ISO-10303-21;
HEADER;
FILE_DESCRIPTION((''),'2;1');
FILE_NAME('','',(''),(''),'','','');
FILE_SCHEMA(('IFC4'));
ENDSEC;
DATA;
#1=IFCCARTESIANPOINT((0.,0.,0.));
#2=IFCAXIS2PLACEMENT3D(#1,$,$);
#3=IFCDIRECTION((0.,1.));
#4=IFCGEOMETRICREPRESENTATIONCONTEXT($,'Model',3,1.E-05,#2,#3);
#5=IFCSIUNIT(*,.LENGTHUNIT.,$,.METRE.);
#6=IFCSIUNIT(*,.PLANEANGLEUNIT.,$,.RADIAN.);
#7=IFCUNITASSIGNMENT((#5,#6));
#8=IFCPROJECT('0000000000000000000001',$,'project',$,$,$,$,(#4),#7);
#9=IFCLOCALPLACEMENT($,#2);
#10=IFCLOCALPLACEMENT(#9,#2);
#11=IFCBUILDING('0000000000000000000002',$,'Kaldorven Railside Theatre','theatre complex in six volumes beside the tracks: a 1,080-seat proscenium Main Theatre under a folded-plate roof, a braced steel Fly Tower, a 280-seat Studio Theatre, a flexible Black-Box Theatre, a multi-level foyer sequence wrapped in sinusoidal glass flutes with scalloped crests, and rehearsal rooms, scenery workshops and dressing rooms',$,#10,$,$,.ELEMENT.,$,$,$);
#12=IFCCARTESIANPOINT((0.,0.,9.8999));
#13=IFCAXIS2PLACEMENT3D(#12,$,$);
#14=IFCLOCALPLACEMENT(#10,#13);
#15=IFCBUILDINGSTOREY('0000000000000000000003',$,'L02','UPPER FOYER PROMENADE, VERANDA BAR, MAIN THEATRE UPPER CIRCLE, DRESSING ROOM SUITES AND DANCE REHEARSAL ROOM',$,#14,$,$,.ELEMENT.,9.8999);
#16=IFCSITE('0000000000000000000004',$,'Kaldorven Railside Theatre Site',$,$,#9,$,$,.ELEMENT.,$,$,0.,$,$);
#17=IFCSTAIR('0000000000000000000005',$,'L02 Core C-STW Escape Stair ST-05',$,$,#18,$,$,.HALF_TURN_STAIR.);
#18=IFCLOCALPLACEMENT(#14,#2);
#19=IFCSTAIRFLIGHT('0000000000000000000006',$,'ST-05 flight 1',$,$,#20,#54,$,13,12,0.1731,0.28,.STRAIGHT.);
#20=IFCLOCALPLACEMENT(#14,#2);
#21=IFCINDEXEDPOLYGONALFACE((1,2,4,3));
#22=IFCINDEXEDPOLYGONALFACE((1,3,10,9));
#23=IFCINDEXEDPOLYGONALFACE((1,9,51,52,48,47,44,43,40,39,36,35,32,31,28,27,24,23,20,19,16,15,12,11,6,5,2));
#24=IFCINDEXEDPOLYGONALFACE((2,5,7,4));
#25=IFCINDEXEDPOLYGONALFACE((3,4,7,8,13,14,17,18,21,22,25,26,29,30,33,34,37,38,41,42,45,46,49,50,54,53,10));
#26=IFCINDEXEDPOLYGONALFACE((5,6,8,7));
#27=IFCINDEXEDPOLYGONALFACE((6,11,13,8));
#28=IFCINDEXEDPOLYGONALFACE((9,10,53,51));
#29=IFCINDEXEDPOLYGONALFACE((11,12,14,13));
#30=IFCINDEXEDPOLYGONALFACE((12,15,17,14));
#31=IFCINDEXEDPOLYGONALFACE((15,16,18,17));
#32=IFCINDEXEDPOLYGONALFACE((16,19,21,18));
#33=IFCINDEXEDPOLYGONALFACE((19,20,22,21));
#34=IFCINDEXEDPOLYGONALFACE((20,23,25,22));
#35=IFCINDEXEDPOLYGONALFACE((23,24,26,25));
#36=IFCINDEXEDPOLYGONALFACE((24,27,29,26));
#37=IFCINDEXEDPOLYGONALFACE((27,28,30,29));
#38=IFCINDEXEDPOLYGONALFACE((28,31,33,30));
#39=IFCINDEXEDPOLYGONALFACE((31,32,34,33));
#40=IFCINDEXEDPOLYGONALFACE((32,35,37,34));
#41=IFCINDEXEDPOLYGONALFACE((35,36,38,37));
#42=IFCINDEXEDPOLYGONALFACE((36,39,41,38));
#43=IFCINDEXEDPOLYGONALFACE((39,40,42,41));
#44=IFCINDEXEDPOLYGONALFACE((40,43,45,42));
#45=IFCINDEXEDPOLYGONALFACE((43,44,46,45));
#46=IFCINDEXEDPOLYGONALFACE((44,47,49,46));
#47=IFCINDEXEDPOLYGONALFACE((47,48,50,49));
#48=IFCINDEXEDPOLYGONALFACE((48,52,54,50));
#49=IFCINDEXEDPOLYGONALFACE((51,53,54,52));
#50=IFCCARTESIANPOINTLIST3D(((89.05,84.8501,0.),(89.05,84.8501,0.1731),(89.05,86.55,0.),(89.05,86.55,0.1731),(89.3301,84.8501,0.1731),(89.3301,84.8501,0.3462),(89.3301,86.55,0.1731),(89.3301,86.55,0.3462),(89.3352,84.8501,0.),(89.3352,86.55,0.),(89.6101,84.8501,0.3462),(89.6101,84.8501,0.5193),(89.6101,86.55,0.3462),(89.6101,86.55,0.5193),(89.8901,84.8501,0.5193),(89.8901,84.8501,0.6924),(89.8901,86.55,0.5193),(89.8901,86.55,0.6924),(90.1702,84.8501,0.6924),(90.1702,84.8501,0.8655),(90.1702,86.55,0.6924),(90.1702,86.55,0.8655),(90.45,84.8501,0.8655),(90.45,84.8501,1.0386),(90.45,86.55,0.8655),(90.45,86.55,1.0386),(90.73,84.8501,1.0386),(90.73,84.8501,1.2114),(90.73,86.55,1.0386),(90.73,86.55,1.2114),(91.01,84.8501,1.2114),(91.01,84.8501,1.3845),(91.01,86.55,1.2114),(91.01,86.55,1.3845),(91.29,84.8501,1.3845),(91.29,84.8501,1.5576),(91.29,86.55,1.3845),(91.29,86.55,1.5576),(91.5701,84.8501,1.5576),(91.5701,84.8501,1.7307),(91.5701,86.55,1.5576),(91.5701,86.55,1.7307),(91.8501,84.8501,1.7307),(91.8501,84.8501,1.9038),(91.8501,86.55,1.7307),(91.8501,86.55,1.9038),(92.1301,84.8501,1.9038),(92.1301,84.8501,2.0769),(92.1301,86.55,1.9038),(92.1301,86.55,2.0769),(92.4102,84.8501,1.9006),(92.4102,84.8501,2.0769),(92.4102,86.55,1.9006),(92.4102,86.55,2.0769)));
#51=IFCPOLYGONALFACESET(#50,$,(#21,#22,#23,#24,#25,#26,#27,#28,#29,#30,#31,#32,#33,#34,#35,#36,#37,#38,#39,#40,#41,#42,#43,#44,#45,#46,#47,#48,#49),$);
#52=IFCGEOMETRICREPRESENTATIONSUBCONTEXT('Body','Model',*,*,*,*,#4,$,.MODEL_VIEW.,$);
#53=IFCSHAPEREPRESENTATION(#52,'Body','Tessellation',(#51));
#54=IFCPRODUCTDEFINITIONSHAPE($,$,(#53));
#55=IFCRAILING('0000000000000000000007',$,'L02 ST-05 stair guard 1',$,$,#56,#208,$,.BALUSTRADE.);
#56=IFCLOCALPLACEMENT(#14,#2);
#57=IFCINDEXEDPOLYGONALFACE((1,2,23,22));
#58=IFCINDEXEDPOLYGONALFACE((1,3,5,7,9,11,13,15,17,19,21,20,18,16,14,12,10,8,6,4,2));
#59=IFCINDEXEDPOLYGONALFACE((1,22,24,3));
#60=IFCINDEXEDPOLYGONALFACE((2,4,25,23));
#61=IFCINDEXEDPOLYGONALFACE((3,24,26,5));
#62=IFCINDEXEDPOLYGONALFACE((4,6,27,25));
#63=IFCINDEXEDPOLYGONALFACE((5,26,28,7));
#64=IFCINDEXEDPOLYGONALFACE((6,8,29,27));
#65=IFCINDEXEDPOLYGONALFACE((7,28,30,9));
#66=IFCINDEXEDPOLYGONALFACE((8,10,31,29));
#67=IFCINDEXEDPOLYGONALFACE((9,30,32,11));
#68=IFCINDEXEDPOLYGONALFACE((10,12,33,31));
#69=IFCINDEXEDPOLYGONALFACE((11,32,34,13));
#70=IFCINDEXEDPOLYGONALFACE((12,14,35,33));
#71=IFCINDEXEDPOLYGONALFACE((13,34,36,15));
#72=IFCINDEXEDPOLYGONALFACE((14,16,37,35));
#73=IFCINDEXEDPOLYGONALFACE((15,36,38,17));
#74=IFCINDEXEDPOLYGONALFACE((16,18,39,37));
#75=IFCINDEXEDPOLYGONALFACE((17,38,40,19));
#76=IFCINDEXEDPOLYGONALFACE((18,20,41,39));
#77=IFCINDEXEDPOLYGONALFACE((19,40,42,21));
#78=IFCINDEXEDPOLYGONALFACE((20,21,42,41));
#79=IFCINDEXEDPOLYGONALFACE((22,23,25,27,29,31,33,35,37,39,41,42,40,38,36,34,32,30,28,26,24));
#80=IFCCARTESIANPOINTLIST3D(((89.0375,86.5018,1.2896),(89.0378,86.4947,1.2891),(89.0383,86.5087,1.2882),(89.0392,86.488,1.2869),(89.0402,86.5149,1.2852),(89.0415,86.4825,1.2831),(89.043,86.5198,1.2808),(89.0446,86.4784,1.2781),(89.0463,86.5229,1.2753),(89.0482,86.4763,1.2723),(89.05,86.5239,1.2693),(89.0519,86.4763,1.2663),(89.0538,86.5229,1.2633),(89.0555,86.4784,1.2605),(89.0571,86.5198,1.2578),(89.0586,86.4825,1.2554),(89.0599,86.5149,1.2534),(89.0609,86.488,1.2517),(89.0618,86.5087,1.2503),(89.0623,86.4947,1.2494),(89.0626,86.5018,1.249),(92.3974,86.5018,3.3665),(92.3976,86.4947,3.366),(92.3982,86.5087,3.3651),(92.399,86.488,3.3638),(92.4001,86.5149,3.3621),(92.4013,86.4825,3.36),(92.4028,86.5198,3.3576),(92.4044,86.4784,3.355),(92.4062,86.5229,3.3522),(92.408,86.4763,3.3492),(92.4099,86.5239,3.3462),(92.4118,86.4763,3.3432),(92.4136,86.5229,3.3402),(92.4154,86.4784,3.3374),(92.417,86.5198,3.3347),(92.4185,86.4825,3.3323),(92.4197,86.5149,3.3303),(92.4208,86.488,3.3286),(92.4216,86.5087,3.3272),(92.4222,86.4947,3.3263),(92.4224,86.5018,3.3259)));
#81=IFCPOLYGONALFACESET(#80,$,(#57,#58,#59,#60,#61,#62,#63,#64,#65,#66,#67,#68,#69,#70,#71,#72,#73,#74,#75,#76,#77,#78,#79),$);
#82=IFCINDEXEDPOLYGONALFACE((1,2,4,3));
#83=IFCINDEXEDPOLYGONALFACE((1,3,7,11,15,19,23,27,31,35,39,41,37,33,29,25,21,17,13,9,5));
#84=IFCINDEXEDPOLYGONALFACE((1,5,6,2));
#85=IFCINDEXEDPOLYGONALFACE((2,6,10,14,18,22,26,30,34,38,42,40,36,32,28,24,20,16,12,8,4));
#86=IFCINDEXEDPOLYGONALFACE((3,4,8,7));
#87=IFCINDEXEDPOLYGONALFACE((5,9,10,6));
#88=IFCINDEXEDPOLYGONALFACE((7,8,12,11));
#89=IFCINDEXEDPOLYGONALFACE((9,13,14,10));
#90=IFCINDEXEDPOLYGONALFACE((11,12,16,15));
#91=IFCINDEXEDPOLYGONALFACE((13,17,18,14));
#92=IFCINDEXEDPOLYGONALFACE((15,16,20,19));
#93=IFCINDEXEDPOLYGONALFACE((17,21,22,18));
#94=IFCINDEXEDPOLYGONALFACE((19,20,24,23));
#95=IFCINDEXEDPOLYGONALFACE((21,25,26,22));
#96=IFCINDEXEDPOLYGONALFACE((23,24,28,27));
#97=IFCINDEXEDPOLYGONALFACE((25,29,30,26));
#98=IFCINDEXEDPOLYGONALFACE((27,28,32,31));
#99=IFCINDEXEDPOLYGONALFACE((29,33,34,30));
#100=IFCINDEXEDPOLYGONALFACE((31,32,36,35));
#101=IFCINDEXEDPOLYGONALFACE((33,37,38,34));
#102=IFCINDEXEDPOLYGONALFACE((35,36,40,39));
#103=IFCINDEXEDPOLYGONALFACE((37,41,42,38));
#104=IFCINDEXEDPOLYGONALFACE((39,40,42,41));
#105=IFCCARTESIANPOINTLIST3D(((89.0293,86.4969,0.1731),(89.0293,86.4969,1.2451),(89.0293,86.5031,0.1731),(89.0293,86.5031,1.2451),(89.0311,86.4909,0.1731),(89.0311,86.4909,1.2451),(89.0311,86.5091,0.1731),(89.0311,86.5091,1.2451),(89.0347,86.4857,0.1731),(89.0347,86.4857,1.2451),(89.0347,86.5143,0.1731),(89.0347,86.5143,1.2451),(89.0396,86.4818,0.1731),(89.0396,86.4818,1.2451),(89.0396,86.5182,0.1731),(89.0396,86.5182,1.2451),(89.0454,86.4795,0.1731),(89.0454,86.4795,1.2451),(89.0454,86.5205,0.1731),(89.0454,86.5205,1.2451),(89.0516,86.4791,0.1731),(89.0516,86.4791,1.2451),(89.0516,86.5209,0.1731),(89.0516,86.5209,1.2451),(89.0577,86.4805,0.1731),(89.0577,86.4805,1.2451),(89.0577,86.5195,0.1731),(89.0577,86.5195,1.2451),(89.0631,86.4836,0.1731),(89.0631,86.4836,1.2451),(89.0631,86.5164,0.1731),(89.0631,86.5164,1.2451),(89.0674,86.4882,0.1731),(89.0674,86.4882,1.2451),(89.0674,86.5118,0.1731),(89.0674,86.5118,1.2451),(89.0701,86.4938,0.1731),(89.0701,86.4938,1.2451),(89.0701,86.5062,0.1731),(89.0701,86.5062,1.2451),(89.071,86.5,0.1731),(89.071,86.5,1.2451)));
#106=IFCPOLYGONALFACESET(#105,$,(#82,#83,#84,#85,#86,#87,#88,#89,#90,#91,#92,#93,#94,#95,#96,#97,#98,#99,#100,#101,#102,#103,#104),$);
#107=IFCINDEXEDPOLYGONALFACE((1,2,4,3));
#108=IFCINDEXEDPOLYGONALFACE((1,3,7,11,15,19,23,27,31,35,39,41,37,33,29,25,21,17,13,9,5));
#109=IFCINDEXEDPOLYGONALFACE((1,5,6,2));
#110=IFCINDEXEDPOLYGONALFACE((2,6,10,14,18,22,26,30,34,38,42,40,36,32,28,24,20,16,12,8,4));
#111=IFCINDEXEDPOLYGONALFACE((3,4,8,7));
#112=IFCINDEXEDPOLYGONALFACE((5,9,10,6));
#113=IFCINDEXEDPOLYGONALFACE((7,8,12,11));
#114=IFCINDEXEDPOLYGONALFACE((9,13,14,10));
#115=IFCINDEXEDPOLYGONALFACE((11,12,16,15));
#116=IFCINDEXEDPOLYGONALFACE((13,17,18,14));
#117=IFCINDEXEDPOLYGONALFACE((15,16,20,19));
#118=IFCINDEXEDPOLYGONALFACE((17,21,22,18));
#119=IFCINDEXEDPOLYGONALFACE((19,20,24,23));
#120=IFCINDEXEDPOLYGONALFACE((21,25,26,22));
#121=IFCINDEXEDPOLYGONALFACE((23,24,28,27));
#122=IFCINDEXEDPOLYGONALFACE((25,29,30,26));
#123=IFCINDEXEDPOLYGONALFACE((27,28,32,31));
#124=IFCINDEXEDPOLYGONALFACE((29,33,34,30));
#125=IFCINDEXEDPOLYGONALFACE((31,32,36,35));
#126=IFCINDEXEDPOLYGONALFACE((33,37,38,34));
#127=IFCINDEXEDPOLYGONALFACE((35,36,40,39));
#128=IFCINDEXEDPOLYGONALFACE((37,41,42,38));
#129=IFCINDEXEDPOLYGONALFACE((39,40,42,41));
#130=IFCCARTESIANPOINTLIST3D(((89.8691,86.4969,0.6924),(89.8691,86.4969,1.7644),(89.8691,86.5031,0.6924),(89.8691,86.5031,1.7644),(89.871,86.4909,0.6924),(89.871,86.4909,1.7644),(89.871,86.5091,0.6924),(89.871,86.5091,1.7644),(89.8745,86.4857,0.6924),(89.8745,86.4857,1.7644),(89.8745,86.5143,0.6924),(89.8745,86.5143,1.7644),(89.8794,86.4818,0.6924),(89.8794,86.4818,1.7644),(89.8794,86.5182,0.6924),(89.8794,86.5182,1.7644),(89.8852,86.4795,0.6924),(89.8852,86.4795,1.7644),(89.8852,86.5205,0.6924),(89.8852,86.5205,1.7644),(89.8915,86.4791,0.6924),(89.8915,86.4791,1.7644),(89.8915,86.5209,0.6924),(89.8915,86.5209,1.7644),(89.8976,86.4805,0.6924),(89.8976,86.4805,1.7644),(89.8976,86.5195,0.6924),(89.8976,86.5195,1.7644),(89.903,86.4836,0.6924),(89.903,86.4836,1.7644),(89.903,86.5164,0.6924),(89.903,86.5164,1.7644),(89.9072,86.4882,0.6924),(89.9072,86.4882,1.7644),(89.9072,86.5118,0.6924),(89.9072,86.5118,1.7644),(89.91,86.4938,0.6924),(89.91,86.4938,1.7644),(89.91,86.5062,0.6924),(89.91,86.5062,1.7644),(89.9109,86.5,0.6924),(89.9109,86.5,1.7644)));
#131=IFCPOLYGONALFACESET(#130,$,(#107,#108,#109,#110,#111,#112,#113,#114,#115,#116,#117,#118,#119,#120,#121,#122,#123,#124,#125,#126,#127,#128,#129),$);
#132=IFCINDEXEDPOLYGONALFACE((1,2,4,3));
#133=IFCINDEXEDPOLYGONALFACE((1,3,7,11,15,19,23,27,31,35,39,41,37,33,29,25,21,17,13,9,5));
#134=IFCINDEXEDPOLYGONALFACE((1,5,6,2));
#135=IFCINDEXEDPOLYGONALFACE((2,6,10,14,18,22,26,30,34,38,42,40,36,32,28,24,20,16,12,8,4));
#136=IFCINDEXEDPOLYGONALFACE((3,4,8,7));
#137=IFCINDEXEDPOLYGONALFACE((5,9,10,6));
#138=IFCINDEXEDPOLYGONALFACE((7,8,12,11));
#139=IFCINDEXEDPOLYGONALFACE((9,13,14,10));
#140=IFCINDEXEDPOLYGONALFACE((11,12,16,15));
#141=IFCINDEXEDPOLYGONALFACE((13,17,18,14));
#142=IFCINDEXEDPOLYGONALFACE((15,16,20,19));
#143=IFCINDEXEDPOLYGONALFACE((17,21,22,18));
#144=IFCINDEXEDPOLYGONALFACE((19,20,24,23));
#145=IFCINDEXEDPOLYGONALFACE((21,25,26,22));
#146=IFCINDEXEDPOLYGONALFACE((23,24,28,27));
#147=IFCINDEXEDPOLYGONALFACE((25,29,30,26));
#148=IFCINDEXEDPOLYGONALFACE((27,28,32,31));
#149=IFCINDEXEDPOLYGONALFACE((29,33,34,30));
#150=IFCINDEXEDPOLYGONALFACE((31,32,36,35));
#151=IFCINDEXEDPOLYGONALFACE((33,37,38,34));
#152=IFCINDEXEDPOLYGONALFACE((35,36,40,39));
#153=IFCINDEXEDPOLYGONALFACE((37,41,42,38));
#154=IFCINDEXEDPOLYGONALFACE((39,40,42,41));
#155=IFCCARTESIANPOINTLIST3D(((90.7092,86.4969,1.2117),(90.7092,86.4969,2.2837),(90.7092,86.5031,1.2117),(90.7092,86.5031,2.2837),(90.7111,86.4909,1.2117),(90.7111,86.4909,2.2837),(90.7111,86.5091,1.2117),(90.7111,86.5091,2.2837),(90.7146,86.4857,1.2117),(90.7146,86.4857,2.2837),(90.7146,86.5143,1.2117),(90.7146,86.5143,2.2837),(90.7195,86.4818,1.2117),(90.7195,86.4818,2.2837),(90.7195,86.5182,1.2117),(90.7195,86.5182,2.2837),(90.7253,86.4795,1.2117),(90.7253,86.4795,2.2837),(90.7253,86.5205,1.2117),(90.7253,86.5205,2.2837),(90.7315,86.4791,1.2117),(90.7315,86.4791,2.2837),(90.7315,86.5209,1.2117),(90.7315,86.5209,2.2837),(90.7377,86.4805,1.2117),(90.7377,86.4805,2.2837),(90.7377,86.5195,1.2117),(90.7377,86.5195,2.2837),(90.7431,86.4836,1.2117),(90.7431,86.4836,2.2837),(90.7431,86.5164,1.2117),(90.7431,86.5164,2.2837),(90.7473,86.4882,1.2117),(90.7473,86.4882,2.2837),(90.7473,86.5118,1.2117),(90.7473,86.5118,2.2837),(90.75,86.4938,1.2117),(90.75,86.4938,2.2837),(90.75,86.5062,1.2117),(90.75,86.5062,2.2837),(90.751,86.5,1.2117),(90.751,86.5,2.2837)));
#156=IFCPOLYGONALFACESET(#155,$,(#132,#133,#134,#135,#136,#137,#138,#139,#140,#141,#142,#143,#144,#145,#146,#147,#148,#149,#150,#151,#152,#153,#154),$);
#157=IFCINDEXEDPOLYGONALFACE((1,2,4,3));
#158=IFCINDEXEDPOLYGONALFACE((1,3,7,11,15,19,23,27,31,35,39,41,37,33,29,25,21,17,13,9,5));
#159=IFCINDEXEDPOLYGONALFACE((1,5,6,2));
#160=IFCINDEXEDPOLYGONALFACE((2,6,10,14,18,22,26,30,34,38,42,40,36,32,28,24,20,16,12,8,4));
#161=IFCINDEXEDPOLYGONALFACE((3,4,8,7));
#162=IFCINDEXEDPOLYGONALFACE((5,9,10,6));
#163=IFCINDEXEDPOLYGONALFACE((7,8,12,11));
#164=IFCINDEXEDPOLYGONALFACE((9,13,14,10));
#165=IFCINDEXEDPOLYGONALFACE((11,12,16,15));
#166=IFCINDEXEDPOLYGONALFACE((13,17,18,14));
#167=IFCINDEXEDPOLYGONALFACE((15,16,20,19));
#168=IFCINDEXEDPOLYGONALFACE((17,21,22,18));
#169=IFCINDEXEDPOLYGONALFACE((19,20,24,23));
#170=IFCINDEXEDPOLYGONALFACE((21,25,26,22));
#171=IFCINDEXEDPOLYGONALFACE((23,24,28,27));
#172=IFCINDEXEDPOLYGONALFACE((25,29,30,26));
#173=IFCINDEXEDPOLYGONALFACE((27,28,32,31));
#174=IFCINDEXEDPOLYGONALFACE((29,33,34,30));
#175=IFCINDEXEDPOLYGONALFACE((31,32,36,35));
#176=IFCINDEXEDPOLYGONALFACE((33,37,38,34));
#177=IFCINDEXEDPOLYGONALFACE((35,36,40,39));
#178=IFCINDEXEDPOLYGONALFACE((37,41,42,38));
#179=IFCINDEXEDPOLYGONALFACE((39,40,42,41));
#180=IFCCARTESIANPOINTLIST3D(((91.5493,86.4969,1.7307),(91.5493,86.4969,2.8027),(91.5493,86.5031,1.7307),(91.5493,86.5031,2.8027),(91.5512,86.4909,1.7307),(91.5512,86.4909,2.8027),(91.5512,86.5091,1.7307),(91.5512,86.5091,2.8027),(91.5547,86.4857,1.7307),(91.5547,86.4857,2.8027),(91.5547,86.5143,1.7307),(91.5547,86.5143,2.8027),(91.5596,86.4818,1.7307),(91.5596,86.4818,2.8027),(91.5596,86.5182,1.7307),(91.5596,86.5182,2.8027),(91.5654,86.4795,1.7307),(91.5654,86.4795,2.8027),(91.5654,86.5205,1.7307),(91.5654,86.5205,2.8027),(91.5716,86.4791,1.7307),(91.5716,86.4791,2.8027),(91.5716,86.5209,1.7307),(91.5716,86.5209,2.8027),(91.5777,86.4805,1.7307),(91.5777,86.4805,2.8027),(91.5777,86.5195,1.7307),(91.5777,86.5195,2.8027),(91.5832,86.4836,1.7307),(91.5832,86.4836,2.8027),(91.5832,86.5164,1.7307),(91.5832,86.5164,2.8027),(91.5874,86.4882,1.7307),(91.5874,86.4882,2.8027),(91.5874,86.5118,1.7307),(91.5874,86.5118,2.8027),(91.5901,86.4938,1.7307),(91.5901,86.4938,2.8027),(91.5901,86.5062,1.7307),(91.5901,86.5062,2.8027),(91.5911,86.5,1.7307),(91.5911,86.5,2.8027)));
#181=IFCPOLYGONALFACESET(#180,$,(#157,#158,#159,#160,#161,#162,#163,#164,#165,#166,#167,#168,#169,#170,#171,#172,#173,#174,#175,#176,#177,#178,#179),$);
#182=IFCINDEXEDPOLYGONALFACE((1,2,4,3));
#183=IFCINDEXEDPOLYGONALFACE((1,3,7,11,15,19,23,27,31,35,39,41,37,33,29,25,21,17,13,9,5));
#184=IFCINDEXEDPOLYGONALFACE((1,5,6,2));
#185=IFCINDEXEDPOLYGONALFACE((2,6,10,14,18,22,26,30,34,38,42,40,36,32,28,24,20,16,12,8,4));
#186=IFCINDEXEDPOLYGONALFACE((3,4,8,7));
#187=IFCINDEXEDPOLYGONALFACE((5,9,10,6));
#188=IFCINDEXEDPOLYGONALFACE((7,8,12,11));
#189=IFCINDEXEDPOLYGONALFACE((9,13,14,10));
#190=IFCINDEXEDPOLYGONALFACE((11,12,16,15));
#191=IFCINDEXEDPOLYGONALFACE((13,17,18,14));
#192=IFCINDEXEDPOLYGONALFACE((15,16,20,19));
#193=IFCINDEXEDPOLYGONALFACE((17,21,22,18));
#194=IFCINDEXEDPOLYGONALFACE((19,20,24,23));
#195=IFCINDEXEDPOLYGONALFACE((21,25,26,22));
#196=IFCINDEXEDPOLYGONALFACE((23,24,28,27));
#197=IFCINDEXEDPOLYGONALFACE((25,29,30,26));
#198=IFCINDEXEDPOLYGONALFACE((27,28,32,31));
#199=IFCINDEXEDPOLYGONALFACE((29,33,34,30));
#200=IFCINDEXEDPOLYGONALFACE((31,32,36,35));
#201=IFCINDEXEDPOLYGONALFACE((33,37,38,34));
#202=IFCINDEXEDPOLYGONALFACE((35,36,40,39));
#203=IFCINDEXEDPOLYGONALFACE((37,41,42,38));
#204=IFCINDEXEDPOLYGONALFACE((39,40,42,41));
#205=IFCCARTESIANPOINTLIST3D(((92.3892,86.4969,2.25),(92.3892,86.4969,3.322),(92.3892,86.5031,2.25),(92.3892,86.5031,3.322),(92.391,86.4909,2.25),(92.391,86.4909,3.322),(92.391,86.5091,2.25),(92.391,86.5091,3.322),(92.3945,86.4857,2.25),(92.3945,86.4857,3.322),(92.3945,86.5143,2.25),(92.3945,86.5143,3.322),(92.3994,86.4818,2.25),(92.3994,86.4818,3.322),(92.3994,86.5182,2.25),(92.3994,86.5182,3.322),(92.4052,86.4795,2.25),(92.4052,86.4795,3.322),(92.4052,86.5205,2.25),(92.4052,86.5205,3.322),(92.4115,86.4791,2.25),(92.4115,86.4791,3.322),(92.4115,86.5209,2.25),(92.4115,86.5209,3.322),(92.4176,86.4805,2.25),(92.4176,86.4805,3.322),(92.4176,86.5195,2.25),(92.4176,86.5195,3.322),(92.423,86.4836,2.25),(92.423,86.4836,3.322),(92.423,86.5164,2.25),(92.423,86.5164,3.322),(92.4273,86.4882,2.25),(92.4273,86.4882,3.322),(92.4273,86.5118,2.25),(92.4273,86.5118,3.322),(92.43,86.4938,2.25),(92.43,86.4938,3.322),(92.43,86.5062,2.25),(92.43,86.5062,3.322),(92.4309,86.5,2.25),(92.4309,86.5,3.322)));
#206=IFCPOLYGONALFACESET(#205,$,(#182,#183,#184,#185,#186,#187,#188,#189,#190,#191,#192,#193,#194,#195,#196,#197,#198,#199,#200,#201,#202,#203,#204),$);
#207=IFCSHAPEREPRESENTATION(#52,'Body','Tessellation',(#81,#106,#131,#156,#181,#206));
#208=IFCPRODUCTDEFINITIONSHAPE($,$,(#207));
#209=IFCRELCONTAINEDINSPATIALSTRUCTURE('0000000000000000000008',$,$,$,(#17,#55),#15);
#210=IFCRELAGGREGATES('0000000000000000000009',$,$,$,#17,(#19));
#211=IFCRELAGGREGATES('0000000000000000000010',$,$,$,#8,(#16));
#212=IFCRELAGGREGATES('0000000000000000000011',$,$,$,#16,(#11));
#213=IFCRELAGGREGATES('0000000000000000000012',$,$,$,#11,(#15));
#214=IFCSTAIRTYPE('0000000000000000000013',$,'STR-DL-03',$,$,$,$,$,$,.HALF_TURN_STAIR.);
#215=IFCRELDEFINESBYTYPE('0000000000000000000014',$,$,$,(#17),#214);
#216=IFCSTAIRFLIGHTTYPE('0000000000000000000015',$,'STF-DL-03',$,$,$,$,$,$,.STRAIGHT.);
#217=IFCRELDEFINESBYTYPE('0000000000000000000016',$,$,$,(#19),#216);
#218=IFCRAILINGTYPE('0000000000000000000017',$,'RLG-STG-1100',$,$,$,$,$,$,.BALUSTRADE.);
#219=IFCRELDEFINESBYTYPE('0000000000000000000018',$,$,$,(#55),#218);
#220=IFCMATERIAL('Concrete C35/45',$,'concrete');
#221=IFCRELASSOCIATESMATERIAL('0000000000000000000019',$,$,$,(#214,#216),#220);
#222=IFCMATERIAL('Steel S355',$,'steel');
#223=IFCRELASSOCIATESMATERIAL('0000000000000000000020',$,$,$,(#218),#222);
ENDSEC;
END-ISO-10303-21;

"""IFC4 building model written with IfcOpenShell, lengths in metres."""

from ifc_helpers import new_model, si_unit, direction, frame, origin, origin_2d, place, context, subcontext, project, spatial, polyline, circle, outline, extrude, material, type_object, element, aggregate, save


model = new_model("IFC4")

# Units and contexts
model_context = context("Model", 3, precision=1e-05, world=origin(), true_north=direction((0.0, 1.0)))
body_context = subcontext(model_context, "Body", "Model", "MODEL_VIEW")
ifc_project = project(units=[si_unit("LENGTHUNIT", "METRE"), si_unit("PLANEANGLEUNIT", "RADIAN")], contexts=[model_context])

# Site, building, storey
site_placement = place(None, origin())
site = spatial("IfcSite", under=ifc_project, at=site_placement, Name="Kaldorven Railside Theatre Site", CompositionType="ELEMENT", RefElevation=0.0)
building_placement = place(site_placement, origin())
building = spatial("IfcBuilding", under=site, at=building_placement, Name="Kaldorven Railside Theatre", Description="theatre complex in six volumes beside the tracks: a 1,080-seat proscenium Main Theatre under a folded-plate roof, a braced steel Fly Tower, a 280-seat Studio Theatre, a flexible Black-Box Theatre, a multi-level foyer sequence wrapped in sinusoidal glass flutes with scalloped crests, and rehearsal rooms, scenery workshops and dressing rooms", CompositionType="ELEMENT")
storey_placement = place(building_placement, frame((0.0, 0.0, 9.8999)))
storey = spatial("IfcBuildingStorey", under=building, at=storey_placement, Name="L02", Description="UPPER FOYER PROMENADE, VERANDA BAR, MAIN THEATRE UPPER CIRCLE, DRESSING ROOM SUITES AND DANCE REHEARSAL ROOM", CompositionType="ELEMENT", Elevation=9.8999)

# Shared definitions
ifc_material_1 = material(Name="Steel S355", Category="steel")

# Shared definitions
ifc_material_2 = material(Name="Concrete C35/45", Category="concrete")

# Stair, stair flight
stair_type = type_object("IfcStairType", Name="STR-DL-03", PredefinedType="HALF_TURN_STAIR", material=ifc_material_2)
stair_placement = place(storey_placement, origin())
stair = element("IfcStair", 1, at=stair_placement, inside=storey, type_object=stair_type, Name="L02 Core C-STW Escape Stair ST-05", PredefinedType="HALF_TURN_STAIR")
stair_flight_type = type_object("IfcStairFlightType", Name="STF-DL-03", PredefinedType="STRAIGHT", material=ifc_material_2)
stair_flight_placement = place(storey_placement, frame((89.05, 85.7, 0.0), z_axis=(0.0, 0.0, 1.0), x_axis=(1.0, 0.0, 0.0)))
stair_flight = element("IfcStairFlight", 2, at=stair_flight_placement, type_object=stair_flight_type, Name="ST-05 flight 1", NumberOfRisers=13, NumberOfTreads=12, PredefinedType="STRAIGHT", RiserHeight=0.1731, TreadLength=0.28, context=body_context, shape_type="SweptSolid", body=[
    extrude(outline(polyline([(0.0, 0.0), (0.0, 0.1731), (0.28, 0.1731), (0.28, 0.3462), (0.5601, 0.3462), (0.5601, 0.5193), (0.8401, 0.5193), (0.8401, 0.6924), (1.1201, 0.6924), (1.1201, 0.8655), (1.3999, 0.8655), (1.3999, 1.0386), (1.6799, 1.0386), (1.6799, 1.2114), (1.96, 1.2114), (1.96, 1.3845), (2.24, 1.3845), (2.24, 1.5576), (2.52, 1.5576), (2.52, 1.7307), (2.8, 1.7307), (2.8, 1.9038), (3.0801, 1.9038), (3.0801, 2.0769), (3.3601, 2.0769), (3.3601, 2.25), (3.3601, 1.9006), (0.2852, 0.0), (0.0, 0.0)])), frame((0.0, 0.8501, 0.0), z_axis=(0.0, -1.0, 0.0), x_axis=(1.0, 0.0, 0.0)), (0.0, 0.0, 1.0), 1.7),
])
aggregate(stair, [stair_flight])

# Railing
railing_type = type_object("IfcRailingType", Name="RLG-STG-1100", PredefinedType="BALUSTRADE", material=ifc_material_1)
railing_1_placement = place(storey_placement, frame((89.05, 86.5, 0.1731)))
element("IfcRailing", 3, at=railing_1_placement, inside=storey, type_object=railing_type, Name="L02 ST-05 stair guard 1", PredefinedType="BALUSTRADE", context=body_context, shape_type="SweptSolid", body=[
    extrude(circle(Radius=0.0239, at=origin_2d()), frame((0.0, 0.0, 1.0962), z_axis=(0.850606, 0.0, 0.525803), x_axis=(0.0, 1.0, 0.0)), (0.0, 0.0, 1.0), 3.95),
    extrude(circle(Radius=0.021, at=origin_2d()), origin(), (0.0, 0.0, 1.0), 1.072),
    extrude(circle(Radius=0.021, at=origin_2d()), frame((0.8398, 0.0, 0.5193)), (0.0, 0.0, 1.0), 1.072),
    extrude(circle(Radius=0.021, at=origin_2d()), frame((1.6799, 0.0, 1.0386)), (0.0, 0.0, 1.0), 1.072),
    extrude(circle(Radius=0.021, at=origin_2d()), frame((2.52, 0.0, 1.5576)), (0.0, 0.0, 1.0), 1.072),
    extrude(circle(Radius=0.021, at=origin_2d()), frame((3.3599, 0.0, 2.0769)), (0.0, 0.0, 1.0), 1.072),
])

save(model, "model.ifc")
